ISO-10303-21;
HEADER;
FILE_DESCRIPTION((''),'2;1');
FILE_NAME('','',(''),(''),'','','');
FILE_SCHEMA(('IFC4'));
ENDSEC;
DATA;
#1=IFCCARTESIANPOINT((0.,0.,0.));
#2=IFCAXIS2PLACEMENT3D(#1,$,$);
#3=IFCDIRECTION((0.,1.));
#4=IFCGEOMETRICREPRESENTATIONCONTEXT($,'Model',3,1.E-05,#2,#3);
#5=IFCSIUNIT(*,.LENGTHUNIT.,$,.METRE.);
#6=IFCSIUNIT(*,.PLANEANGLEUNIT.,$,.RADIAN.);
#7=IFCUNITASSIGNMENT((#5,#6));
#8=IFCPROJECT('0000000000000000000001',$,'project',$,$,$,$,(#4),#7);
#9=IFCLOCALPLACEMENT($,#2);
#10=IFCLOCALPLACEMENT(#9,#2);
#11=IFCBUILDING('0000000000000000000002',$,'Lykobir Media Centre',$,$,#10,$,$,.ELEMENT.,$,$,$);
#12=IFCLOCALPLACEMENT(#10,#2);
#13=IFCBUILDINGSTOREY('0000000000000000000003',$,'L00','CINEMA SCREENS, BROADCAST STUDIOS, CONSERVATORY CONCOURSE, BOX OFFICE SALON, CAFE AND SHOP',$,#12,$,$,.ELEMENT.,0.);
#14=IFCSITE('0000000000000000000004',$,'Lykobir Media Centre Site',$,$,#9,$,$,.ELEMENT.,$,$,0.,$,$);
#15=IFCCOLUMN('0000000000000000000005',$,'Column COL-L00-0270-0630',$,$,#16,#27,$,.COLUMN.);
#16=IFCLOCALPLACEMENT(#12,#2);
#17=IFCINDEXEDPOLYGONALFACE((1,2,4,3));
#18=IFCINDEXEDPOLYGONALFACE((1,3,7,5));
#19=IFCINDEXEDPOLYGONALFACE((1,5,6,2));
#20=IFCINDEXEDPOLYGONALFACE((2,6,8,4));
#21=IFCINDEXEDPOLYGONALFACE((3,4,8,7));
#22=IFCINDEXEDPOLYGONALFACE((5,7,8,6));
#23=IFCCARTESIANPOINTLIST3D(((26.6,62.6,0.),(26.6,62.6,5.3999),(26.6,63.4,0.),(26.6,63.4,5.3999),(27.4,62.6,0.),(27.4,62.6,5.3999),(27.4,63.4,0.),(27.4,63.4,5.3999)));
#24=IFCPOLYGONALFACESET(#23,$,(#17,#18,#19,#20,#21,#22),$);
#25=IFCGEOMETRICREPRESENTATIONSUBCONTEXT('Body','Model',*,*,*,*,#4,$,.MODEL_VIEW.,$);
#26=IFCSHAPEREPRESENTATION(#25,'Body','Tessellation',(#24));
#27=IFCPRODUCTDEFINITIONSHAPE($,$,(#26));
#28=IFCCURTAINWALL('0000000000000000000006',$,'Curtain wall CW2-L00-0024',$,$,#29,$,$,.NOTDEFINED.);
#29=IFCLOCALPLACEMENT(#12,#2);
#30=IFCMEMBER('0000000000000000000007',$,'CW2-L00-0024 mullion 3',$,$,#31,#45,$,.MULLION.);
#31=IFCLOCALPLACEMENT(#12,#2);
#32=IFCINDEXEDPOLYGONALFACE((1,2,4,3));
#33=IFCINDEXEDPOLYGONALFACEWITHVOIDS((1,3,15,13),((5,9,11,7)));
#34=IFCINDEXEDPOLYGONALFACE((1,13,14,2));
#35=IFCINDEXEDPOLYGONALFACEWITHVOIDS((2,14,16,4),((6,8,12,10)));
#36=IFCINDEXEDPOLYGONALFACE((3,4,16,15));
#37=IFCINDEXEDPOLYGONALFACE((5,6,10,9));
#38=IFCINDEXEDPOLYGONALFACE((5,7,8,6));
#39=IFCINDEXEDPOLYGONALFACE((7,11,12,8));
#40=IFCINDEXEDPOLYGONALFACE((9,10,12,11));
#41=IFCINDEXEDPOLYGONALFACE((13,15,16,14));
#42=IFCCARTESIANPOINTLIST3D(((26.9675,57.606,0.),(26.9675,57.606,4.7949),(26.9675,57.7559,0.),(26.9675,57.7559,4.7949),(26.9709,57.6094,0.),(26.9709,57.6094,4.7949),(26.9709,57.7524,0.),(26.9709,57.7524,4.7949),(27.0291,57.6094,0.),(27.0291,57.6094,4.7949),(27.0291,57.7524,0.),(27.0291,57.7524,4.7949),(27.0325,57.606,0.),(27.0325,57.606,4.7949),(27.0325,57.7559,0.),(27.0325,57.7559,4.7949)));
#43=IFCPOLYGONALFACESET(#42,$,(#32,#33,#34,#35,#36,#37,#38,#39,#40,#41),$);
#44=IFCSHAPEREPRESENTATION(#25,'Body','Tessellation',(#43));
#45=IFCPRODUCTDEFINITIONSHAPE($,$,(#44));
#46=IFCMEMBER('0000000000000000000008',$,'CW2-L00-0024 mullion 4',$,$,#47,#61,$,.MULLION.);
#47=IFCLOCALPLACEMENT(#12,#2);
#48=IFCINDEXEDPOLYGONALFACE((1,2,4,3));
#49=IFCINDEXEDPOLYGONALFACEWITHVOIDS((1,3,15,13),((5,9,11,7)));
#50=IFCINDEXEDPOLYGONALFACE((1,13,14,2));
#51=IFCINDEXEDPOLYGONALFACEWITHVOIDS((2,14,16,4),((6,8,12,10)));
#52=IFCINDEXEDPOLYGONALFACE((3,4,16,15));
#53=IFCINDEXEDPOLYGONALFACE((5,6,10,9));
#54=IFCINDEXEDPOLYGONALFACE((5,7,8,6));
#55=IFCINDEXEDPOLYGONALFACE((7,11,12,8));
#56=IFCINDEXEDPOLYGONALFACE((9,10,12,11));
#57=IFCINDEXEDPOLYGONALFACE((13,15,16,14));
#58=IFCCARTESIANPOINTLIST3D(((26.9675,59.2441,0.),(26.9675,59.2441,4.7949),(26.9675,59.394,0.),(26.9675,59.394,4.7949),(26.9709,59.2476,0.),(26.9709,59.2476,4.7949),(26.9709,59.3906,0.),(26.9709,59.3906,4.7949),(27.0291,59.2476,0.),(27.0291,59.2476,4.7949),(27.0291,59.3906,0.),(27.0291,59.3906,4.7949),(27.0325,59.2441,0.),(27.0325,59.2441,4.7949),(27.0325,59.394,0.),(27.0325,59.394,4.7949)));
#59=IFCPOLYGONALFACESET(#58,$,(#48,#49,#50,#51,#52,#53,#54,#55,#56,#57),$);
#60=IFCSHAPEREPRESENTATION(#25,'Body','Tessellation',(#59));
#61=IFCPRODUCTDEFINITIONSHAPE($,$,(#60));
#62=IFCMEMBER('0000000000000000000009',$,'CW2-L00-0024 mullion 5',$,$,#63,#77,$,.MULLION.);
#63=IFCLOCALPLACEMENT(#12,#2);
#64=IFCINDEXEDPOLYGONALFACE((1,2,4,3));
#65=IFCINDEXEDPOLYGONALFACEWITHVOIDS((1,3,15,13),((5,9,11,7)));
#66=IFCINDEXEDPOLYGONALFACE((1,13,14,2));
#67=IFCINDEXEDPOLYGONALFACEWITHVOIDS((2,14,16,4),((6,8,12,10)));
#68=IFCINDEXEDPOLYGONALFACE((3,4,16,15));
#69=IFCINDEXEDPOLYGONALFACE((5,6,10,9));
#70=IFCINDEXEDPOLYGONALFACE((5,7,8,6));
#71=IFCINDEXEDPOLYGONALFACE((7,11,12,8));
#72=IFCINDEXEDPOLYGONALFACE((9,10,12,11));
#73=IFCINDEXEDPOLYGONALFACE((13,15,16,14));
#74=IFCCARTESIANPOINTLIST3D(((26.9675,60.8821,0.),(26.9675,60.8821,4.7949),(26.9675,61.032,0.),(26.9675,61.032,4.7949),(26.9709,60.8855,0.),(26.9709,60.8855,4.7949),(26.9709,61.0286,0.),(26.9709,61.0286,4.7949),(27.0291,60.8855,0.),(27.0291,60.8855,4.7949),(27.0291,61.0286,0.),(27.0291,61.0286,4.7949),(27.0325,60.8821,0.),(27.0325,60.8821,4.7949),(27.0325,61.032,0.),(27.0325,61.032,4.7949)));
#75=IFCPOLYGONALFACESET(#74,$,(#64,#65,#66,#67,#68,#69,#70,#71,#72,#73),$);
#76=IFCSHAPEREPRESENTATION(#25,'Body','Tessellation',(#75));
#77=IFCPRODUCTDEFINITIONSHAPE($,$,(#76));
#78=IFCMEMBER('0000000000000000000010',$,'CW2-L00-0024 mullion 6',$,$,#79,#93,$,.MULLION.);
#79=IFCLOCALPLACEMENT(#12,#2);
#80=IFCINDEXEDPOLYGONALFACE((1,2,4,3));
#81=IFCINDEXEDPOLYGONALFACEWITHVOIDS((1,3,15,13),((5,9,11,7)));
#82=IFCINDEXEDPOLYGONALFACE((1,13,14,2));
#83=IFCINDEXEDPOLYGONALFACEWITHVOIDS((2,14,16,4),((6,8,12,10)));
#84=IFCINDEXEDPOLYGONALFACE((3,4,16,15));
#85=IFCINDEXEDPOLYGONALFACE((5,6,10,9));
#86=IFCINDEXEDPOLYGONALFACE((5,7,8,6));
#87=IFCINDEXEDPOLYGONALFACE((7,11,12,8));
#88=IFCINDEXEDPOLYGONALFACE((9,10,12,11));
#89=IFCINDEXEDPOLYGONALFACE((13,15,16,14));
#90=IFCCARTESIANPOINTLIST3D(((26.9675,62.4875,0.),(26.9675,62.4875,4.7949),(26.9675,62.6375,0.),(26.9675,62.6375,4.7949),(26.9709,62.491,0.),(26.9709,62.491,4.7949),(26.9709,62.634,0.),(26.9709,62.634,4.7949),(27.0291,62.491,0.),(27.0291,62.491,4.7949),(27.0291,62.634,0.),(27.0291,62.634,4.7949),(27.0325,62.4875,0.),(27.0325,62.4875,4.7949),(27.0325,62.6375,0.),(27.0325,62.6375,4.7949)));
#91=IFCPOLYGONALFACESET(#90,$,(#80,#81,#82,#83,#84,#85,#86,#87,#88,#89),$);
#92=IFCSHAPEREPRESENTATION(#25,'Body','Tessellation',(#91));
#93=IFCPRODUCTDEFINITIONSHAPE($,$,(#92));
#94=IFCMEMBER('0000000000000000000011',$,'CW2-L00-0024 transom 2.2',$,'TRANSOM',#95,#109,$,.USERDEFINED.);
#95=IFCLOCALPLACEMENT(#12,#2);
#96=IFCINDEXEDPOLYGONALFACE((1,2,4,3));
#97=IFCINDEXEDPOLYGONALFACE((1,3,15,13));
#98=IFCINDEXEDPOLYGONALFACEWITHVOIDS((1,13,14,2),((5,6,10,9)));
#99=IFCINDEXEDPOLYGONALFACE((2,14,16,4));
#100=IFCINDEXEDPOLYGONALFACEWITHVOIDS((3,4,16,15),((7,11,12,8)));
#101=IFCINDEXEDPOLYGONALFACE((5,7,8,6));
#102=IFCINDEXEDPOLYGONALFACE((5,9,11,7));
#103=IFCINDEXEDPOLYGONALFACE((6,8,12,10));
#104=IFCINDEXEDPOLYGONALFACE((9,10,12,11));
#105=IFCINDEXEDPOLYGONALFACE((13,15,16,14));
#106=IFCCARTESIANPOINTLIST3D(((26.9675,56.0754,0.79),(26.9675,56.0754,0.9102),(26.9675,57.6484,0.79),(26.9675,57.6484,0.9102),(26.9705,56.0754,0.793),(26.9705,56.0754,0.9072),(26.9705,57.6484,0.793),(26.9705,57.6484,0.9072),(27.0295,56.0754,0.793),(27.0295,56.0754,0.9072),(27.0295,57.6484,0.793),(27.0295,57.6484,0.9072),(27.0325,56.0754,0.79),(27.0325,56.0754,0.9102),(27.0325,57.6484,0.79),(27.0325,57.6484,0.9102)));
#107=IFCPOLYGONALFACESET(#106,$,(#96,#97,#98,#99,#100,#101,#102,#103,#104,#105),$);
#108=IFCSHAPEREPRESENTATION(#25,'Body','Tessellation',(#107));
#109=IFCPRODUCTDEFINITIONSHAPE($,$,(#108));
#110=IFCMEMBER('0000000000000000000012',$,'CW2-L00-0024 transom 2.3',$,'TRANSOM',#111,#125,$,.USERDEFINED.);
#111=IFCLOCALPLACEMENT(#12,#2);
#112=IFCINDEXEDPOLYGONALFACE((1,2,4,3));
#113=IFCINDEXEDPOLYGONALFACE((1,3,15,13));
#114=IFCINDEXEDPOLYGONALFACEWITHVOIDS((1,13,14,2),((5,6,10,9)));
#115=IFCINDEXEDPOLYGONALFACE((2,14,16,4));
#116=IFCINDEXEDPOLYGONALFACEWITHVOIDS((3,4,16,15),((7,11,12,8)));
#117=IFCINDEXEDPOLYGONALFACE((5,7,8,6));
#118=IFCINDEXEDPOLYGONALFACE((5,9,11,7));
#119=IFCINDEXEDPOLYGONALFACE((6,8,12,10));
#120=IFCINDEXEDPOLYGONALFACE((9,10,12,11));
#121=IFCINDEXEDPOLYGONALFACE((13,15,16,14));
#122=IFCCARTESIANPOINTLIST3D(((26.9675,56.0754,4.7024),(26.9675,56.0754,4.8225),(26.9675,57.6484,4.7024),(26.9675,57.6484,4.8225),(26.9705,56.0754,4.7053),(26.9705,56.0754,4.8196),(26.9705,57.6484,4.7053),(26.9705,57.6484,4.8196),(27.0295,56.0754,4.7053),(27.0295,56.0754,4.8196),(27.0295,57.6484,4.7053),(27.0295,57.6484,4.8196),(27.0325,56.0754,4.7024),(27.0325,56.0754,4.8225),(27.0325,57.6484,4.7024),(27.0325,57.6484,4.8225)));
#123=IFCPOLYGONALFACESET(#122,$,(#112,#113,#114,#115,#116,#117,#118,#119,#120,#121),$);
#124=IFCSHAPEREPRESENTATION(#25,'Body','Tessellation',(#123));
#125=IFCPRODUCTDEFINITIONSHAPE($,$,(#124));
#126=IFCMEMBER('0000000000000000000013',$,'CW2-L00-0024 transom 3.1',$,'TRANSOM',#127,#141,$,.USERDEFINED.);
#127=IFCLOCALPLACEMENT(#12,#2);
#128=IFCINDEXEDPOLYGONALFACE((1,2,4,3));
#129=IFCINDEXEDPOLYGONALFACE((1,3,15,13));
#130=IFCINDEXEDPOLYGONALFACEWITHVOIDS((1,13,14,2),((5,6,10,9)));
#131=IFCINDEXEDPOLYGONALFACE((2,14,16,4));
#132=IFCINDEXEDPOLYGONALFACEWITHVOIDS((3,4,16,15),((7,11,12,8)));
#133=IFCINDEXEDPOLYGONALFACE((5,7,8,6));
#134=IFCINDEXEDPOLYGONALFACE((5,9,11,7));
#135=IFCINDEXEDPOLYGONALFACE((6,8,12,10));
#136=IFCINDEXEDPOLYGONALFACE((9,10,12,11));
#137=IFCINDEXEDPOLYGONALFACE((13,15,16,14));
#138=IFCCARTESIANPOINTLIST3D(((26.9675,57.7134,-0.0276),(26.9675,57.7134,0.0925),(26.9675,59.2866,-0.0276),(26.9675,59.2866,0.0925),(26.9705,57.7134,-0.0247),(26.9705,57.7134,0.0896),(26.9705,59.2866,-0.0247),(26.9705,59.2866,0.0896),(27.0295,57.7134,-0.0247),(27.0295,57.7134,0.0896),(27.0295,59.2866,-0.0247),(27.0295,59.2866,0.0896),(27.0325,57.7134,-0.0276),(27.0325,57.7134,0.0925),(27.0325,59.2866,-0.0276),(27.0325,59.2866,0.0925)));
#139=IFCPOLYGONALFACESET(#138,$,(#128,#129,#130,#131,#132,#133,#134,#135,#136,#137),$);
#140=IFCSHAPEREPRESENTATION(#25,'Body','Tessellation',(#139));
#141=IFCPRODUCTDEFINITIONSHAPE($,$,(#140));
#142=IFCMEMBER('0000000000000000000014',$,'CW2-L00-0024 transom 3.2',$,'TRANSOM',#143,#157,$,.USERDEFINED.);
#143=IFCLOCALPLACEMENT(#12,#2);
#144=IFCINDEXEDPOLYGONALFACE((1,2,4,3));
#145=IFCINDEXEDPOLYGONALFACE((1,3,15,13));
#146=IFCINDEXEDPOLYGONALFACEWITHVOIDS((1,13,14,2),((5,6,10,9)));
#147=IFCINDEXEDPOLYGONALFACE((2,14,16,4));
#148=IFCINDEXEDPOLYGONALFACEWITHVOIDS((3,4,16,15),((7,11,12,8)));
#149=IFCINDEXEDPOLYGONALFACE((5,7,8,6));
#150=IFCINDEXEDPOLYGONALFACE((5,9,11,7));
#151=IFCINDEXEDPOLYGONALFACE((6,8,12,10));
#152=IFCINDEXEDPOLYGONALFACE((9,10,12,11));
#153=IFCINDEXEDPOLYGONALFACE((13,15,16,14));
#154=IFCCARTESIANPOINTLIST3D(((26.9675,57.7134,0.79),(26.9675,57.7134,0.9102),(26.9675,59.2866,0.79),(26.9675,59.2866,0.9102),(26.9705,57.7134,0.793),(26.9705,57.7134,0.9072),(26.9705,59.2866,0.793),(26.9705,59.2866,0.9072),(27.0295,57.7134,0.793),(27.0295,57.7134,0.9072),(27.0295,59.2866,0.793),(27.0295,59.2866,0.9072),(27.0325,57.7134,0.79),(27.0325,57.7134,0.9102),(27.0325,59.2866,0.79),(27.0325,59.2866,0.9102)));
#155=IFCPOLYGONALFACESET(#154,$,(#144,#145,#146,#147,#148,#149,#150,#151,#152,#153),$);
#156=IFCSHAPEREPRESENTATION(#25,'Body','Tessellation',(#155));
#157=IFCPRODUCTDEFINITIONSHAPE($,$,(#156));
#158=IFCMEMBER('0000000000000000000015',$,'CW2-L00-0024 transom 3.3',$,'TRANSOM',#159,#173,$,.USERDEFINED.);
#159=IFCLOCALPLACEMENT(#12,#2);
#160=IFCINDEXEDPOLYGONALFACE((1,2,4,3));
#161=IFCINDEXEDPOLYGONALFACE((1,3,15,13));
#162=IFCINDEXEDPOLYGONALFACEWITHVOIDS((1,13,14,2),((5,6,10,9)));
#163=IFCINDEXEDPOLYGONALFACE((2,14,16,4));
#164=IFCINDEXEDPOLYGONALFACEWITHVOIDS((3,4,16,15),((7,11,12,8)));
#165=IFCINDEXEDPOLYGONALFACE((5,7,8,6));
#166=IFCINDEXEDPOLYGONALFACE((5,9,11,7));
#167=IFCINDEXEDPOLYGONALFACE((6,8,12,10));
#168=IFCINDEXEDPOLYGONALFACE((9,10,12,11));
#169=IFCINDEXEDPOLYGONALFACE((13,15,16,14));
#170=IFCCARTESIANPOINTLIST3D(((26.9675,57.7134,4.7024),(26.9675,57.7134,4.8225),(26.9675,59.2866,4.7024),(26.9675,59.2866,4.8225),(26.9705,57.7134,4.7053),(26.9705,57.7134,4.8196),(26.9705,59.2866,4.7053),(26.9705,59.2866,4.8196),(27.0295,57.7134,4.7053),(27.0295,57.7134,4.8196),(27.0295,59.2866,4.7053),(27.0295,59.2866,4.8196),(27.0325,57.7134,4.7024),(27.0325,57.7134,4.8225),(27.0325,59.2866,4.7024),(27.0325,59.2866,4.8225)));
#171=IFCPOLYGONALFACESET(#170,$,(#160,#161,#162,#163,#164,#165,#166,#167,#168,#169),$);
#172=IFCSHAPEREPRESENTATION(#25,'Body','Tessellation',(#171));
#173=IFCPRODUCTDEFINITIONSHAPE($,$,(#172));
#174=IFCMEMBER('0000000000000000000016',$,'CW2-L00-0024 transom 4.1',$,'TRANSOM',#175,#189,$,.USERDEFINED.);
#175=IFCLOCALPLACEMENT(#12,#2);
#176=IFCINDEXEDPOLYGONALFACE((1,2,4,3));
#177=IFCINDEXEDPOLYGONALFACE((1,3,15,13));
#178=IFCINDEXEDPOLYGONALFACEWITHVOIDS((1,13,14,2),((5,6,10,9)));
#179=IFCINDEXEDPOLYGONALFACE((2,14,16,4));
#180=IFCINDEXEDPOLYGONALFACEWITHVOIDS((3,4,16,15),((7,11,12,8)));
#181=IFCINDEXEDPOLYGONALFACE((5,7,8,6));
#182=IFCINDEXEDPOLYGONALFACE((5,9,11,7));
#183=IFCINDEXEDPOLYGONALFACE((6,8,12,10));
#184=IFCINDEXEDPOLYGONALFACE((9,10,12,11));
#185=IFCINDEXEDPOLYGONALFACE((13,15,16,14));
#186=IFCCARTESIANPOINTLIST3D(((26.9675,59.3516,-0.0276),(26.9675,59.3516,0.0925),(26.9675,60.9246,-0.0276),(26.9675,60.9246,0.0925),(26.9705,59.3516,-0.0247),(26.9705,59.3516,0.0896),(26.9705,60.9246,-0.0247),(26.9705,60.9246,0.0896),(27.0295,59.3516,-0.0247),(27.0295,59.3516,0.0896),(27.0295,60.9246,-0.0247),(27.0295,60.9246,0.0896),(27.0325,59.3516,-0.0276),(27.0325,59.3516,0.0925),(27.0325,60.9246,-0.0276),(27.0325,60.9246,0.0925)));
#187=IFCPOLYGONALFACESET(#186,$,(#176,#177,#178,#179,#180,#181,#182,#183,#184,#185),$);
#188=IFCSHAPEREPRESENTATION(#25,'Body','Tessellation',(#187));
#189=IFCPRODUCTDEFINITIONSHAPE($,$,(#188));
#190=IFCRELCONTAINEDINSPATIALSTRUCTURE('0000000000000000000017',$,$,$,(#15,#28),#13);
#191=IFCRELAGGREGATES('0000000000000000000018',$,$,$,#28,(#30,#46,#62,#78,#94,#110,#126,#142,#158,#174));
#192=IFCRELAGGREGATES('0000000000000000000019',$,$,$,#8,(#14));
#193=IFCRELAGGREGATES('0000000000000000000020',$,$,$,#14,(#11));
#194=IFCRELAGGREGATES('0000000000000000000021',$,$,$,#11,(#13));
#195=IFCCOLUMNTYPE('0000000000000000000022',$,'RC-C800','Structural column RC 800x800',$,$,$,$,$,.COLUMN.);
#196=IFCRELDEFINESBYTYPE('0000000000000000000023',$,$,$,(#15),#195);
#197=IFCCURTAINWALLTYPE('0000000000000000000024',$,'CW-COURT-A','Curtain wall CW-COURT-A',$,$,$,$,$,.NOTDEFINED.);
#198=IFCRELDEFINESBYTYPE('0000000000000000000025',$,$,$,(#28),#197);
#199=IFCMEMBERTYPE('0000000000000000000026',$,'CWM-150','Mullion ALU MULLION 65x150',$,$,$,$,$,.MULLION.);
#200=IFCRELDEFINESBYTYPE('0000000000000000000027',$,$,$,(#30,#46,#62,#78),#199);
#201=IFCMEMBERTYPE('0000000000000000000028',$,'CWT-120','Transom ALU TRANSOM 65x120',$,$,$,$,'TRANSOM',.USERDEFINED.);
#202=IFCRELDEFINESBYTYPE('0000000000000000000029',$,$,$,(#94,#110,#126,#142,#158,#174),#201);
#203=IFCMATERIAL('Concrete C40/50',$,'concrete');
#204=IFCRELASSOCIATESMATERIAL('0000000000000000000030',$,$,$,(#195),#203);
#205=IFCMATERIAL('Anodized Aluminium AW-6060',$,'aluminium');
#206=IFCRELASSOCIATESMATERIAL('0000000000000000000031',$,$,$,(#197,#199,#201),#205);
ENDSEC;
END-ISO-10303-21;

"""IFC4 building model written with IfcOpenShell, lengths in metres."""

from ifc_helpers import new_model, si_unit, direction, frame, origin, origin_2d, place, context, subcontext, project, spatial, rectangle, hollow_rectangle, extrude, material, material_profile, profile_set, type_object, element, aggregate, save


model = new_model("IFC4")

# Units and contexts
model_context = context("Model", 3, precision=1e-05, world=origin(), true_north=direction((0.0, 1.0)))
body_context = subcontext(model_context, "Body", "Model", "MODEL_VIEW")
ifc_project = project(units=[si_unit("LENGTHUNIT", "METRE"), si_unit("PLANEANGLEUNIT", "RADIAN")], contexts=[model_context])

# Site, building, storey
site_placement = place(None, origin())
site = spatial("IfcSite", under=ifc_project, at=site_placement, Name="Lykobir Media Centre Site", CompositionType="ELEMENT", RefElevation=0.0)
building_placement = place(site_placement, origin())
building = spatial("IfcBuilding", under=site, at=building_placement, Name="Lykobir Media Centre", CompositionType="ELEMENT")
storey_placement = place(building_placement, origin())
storey = spatial("IfcBuildingStorey", under=building, at=storey_placement, Name="L00", Description="CINEMA SCREENS, BROADCAST STUDIOS, CONSERVATORY CONCOURSE, BOX OFFICE SALON, CAFE AND SHOP", CompositionType="ELEMENT", Elevation=0.0)

# Column
ifc_material_1 = material(Name="Concrete C40/50", Category="concrete")
ifc_material_profile_1 = material_profile(ifc_material_1, rectangle(XDim=0.8, YDim=0.8, at=origin_2d()), Name="RC 800x800")
ifc_profile_set_1 = profile_set([ifc_material_profile_1], Name="Concrete C40/50")
column_type = type_object("IfcColumnType", Name="RC-C800", Description="Structural column RC 800x800", PredefinedType="COLUMN", material=ifc_profile_set_1)
column_placement = place(storey_placement, frame((27.0, 63.0, 0.0), z_axis=(0.0, 0.0, 1.0), x_axis=(1.0, 0.0, 0.0)))
element("IfcColumn", 1, at=column_placement, inside=storey, type_object=column_type, Name="Column COL-L00-0270-0630", PredefinedType="COLUMN", context=body_context, shape_type="SweptSolid", body=[
    extrude(rectangle(XDim=0.8, YDim=0.8, at=origin_2d()), origin(), (0.0, 0.0, 1.0), 5.3999),
])

# Curtain wall, members
ifc_material_2 = material(Name="Anodized Aluminium AW-6060", Category="aluminium")
curtain_wall_type = type_object("IfcCurtainWallType", Name="CW-COURT-A", Description="Curtain wall CW-COURT-A", PredefinedType="NOTDEFINED", material=ifc_material_2)
curtain_wall_placement = place(storey_placement, origin())
curtain_wall = element("IfcCurtainWall", 2, at=curtain_wall_placement, inside=storey, type_object=curtain_wall_type, Name="Curtain wall CW2-L00-0024", PredefinedType="NOTDEFINED")
ifc_material_profile_2 = material_profile(ifc_material_2, hollow_rectangle(XDim=0.0649, YDim=0.1499, WallThickness=0.0034, at=origin_2d()), Name="ALU MULLION 65x150")
ifc_profile_set_2 = profile_set([ifc_material_profile_2], Name="Anodized Aluminium AW-6060")
member_type_1 = type_object("IfcMemberType", Name="CWM-150", Description="Mullion ALU MULLION 65x150", PredefinedType="MULLION", material=ifc_profile_set_2)
member_1_placement = place(storey_placement, frame((27.0, 57.6809, 0.0), z_axis=(0.0, 0.0, 1.0), x_axis=(-1.0, 0.0, 0.0)))
member_1 = element("IfcMember", 3, at=member_1_placement, type_object=member_type_1, Name="CW2-L00-0024 mullion 3", PredefinedType="MULLION", context=body_context, shape_type="SweptSolid", body=[
    extrude(hollow_rectangle(XDim=0.0649, YDim=0.1499, WallThickness=0.0034, at=origin_2d()), origin(), (0.0, 0.0, 1.0), 4.7949),
])
member_2_placement = place(storey_placement, frame((27.0, 59.3191, 0.0), z_axis=(0.0, 0.0, 1.0), x_axis=(-1.0, 0.0, 0.0)))
member_2 = element("IfcMember", 4, at=member_2_placement, type_object=member_type_1, Name="CW2-L00-0024 mullion 4", PredefinedType="MULLION", context=body_context, shape_type="SweptSolid", body=[
    extrude(hollow_rectangle(XDim=0.0649, YDim=0.1499, WallThickness=0.0034, at=origin_2d()), origin(), (0.0, 0.0, 1.0), 4.7949),
])
member_3_placement = place(storey_placement, frame((27.0, 60.957, 0.0), z_axis=(0.0, 0.0, 1.0), x_axis=(-1.0, 0.0, 0.0)))
member_3 = element("IfcMember", 5, at=member_3_placement, type_object=member_type_1, Name="CW2-L00-0024 mullion 5", PredefinedType="MULLION", context=body_context, shape_type="SweptSolid", body=[
    extrude(hollow_rectangle(XDim=0.0649, YDim=0.1499, WallThickness=0.0034, at=origin_2d()), origin(), (0.0, 0.0, 1.0), 4.7949),
])
member_4_placement = place(storey_placement, frame((27.0, 62.5625, 0.0), z_axis=(0.0, 0.0, 1.0), x_axis=(-1.0, 0.0, 0.0)))
member_4 = element("IfcMember", 6, at=member_4_placement, type_object=member_type_1, Name="CW2-L00-0024 mullion 6", PredefinedType="MULLION", context=body_context, shape_type="SweptSolid", body=[
    extrude(hollow_rectangle(XDim=0.0649, YDim=0.1499, WallThickness=0.0034, at=origin_2d()), origin(), (0.0, 0.0, 1.0), 4.7949),
])
ifc_material_profile_3 = material_profile(ifc_material_2, hollow_rectangle(XDim=0.0649, YDim=0.1201, WallThickness=0.0029, at=origin_2d()), Name="ALU TRANSOM 65x120")
ifc_profile_set_3 = profile_set([ifc_material_profile_3], Name="Anodized Aluminium AW-6060")
member_type_2 = type_object("IfcMemberType", Name="CWT-120", Description="Transom ALU TRANSOM 65x120", ElementType="TRANSOM", PredefinedType="USERDEFINED", material=ifc_profile_set_3)
member_5_placement = place(storey_placement, frame((27.0, 56.0754, 0.8501), z_axis=(0.0, 1.0, 0.0), x_axis=(-1.0, 0.0, 0.0)))
member_5 = element("IfcMember", 7, at=member_5_placement, type_object=member_type_2, Name="CW2-L00-0024 transom 2.2", ObjectType="TRANSOM", PredefinedType="USERDEFINED", context=body_context, shape_type="SweptSolid", body=[
    extrude(hollow_rectangle(XDim=0.0649, YDim=0.1201, WallThickness=0.0029, at=origin_2d()), origin(), (0.0, 0.0, 1.0), 1.573),
])
member_6_placement = place(storey_placement, frame((27.0, 56.0754, 4.7625), z_axis=(0.0, 1.0, 0.0), x_axis=(-1.0, 0.0, 0.0)))
member_6 = element("IfcMember", 8, at=member_6_placement, type_object=member_type_2, Name="CW2-L00-0024 transom 2.3", ObjectType="TRANSOM", PredefinedType="USERDEFINED", context=body_context, shape_type="SweptSolid", body=[
    extrude(hollow_rectangle(XDim=0.0649, YDim=0.1201, WallThickness=0.0029, at=origin_2d()), origin(), (0.0, 0.0, 1.0), 1.573),
])
member_7_placement = place(storey_placement, frame((27.0, 57.7134, 0.0325), z_axis=(0.0, 1.0, 0.0), x_axis=(-1.0, 0.0, 0.0)))
member_7 = element("IfcMember", 9, at=member_7_placement, type_object=member_type_2, Name="CW2-L00-0024 transom 3.1", ObjectType="TRANSOM", PredefinedType="USERDEFINED", context=body_context, shape_type="SweptSolid", body=[
    extrude(hollow_rectangle(XDim=0.0649, YDim=0.1201, WallThickness=0.0029, at=origin_2d()), origin(), (0.0, 0.0, 1.0), 1.5732),
])
member_8_placement = place(storey_placement, frame((27.0, 57.7134, 0.8501), z_axis=(0.0, 1.0, 0.0), x_axis=(-1.0, 0.0, 0.0)))
member_8 = element("IfcMember", 10, at=member_8_placement, type_object=member_type_2, Name="CW2-L00-0024 transom 3.2", ObjectType="TRANSOM", PredefinedType="USERDEFINED", context=body_context, shape_type="SweptSolid", body=[
    extrude(hollow_rectangle(XDim=0.0649, YDim=0.1201, WallThickness=0.0029, at=origin_2d()), origin(), (0.0, 0.0, 1.0), 1.5732),
])
member_9_placement = place(storey_placement, frame((27.0, 57.7134, 4.7625), z_axis=(0.0, 1.0, 0.0), x_axis=(-1.0, 0.0, 0.0)))
member_9 = element("IfcMember", 11, at=member_9_placement, type_object=member_type_2, Name="CW2-L00-0024 transom 3.3", ObjectType="TRANSOM", PredefinedType="USERDEFINED", context=body_context, shape_type="SweptSolid", body=[
    extrude(hollow_rectangle(XDim=0.0649, YDim=0.1201, WallThickness=0.0029, at=origin_2d()), origin(), (0.0, 0.0, 1.0), 1.5732),
])
member_10_placement = place(storey_placement, frame((27.0, 59.3516, 0.0325), z_axis=(0.0, 1.0, 0.0), x_axis=(-1.0, 0.0, 0.0)))
member_10 = element("IfcMember", 12, at=member_10_placement, type_object=member_type_2, Name="CW2-L00-0024 transom 4.1", ObjectType="TRANSOM", PredefinedType="USERDEFINED", context=body_context, shape_type="SweptSolid", body=[
    extrude(hollow_rectangle(XDim=0.0649, YDim=0.1201, WallThickness=0.0029, at=origin_2d()), origin(), (0.0, 0.0, 1.0), 1.573),
])

aggregate(curtain_wall, [member_1, member_2, member_3, member_4, member_5, member_6, member_7, member_8, member_9, member_10])

save(model, "model.ifc")
